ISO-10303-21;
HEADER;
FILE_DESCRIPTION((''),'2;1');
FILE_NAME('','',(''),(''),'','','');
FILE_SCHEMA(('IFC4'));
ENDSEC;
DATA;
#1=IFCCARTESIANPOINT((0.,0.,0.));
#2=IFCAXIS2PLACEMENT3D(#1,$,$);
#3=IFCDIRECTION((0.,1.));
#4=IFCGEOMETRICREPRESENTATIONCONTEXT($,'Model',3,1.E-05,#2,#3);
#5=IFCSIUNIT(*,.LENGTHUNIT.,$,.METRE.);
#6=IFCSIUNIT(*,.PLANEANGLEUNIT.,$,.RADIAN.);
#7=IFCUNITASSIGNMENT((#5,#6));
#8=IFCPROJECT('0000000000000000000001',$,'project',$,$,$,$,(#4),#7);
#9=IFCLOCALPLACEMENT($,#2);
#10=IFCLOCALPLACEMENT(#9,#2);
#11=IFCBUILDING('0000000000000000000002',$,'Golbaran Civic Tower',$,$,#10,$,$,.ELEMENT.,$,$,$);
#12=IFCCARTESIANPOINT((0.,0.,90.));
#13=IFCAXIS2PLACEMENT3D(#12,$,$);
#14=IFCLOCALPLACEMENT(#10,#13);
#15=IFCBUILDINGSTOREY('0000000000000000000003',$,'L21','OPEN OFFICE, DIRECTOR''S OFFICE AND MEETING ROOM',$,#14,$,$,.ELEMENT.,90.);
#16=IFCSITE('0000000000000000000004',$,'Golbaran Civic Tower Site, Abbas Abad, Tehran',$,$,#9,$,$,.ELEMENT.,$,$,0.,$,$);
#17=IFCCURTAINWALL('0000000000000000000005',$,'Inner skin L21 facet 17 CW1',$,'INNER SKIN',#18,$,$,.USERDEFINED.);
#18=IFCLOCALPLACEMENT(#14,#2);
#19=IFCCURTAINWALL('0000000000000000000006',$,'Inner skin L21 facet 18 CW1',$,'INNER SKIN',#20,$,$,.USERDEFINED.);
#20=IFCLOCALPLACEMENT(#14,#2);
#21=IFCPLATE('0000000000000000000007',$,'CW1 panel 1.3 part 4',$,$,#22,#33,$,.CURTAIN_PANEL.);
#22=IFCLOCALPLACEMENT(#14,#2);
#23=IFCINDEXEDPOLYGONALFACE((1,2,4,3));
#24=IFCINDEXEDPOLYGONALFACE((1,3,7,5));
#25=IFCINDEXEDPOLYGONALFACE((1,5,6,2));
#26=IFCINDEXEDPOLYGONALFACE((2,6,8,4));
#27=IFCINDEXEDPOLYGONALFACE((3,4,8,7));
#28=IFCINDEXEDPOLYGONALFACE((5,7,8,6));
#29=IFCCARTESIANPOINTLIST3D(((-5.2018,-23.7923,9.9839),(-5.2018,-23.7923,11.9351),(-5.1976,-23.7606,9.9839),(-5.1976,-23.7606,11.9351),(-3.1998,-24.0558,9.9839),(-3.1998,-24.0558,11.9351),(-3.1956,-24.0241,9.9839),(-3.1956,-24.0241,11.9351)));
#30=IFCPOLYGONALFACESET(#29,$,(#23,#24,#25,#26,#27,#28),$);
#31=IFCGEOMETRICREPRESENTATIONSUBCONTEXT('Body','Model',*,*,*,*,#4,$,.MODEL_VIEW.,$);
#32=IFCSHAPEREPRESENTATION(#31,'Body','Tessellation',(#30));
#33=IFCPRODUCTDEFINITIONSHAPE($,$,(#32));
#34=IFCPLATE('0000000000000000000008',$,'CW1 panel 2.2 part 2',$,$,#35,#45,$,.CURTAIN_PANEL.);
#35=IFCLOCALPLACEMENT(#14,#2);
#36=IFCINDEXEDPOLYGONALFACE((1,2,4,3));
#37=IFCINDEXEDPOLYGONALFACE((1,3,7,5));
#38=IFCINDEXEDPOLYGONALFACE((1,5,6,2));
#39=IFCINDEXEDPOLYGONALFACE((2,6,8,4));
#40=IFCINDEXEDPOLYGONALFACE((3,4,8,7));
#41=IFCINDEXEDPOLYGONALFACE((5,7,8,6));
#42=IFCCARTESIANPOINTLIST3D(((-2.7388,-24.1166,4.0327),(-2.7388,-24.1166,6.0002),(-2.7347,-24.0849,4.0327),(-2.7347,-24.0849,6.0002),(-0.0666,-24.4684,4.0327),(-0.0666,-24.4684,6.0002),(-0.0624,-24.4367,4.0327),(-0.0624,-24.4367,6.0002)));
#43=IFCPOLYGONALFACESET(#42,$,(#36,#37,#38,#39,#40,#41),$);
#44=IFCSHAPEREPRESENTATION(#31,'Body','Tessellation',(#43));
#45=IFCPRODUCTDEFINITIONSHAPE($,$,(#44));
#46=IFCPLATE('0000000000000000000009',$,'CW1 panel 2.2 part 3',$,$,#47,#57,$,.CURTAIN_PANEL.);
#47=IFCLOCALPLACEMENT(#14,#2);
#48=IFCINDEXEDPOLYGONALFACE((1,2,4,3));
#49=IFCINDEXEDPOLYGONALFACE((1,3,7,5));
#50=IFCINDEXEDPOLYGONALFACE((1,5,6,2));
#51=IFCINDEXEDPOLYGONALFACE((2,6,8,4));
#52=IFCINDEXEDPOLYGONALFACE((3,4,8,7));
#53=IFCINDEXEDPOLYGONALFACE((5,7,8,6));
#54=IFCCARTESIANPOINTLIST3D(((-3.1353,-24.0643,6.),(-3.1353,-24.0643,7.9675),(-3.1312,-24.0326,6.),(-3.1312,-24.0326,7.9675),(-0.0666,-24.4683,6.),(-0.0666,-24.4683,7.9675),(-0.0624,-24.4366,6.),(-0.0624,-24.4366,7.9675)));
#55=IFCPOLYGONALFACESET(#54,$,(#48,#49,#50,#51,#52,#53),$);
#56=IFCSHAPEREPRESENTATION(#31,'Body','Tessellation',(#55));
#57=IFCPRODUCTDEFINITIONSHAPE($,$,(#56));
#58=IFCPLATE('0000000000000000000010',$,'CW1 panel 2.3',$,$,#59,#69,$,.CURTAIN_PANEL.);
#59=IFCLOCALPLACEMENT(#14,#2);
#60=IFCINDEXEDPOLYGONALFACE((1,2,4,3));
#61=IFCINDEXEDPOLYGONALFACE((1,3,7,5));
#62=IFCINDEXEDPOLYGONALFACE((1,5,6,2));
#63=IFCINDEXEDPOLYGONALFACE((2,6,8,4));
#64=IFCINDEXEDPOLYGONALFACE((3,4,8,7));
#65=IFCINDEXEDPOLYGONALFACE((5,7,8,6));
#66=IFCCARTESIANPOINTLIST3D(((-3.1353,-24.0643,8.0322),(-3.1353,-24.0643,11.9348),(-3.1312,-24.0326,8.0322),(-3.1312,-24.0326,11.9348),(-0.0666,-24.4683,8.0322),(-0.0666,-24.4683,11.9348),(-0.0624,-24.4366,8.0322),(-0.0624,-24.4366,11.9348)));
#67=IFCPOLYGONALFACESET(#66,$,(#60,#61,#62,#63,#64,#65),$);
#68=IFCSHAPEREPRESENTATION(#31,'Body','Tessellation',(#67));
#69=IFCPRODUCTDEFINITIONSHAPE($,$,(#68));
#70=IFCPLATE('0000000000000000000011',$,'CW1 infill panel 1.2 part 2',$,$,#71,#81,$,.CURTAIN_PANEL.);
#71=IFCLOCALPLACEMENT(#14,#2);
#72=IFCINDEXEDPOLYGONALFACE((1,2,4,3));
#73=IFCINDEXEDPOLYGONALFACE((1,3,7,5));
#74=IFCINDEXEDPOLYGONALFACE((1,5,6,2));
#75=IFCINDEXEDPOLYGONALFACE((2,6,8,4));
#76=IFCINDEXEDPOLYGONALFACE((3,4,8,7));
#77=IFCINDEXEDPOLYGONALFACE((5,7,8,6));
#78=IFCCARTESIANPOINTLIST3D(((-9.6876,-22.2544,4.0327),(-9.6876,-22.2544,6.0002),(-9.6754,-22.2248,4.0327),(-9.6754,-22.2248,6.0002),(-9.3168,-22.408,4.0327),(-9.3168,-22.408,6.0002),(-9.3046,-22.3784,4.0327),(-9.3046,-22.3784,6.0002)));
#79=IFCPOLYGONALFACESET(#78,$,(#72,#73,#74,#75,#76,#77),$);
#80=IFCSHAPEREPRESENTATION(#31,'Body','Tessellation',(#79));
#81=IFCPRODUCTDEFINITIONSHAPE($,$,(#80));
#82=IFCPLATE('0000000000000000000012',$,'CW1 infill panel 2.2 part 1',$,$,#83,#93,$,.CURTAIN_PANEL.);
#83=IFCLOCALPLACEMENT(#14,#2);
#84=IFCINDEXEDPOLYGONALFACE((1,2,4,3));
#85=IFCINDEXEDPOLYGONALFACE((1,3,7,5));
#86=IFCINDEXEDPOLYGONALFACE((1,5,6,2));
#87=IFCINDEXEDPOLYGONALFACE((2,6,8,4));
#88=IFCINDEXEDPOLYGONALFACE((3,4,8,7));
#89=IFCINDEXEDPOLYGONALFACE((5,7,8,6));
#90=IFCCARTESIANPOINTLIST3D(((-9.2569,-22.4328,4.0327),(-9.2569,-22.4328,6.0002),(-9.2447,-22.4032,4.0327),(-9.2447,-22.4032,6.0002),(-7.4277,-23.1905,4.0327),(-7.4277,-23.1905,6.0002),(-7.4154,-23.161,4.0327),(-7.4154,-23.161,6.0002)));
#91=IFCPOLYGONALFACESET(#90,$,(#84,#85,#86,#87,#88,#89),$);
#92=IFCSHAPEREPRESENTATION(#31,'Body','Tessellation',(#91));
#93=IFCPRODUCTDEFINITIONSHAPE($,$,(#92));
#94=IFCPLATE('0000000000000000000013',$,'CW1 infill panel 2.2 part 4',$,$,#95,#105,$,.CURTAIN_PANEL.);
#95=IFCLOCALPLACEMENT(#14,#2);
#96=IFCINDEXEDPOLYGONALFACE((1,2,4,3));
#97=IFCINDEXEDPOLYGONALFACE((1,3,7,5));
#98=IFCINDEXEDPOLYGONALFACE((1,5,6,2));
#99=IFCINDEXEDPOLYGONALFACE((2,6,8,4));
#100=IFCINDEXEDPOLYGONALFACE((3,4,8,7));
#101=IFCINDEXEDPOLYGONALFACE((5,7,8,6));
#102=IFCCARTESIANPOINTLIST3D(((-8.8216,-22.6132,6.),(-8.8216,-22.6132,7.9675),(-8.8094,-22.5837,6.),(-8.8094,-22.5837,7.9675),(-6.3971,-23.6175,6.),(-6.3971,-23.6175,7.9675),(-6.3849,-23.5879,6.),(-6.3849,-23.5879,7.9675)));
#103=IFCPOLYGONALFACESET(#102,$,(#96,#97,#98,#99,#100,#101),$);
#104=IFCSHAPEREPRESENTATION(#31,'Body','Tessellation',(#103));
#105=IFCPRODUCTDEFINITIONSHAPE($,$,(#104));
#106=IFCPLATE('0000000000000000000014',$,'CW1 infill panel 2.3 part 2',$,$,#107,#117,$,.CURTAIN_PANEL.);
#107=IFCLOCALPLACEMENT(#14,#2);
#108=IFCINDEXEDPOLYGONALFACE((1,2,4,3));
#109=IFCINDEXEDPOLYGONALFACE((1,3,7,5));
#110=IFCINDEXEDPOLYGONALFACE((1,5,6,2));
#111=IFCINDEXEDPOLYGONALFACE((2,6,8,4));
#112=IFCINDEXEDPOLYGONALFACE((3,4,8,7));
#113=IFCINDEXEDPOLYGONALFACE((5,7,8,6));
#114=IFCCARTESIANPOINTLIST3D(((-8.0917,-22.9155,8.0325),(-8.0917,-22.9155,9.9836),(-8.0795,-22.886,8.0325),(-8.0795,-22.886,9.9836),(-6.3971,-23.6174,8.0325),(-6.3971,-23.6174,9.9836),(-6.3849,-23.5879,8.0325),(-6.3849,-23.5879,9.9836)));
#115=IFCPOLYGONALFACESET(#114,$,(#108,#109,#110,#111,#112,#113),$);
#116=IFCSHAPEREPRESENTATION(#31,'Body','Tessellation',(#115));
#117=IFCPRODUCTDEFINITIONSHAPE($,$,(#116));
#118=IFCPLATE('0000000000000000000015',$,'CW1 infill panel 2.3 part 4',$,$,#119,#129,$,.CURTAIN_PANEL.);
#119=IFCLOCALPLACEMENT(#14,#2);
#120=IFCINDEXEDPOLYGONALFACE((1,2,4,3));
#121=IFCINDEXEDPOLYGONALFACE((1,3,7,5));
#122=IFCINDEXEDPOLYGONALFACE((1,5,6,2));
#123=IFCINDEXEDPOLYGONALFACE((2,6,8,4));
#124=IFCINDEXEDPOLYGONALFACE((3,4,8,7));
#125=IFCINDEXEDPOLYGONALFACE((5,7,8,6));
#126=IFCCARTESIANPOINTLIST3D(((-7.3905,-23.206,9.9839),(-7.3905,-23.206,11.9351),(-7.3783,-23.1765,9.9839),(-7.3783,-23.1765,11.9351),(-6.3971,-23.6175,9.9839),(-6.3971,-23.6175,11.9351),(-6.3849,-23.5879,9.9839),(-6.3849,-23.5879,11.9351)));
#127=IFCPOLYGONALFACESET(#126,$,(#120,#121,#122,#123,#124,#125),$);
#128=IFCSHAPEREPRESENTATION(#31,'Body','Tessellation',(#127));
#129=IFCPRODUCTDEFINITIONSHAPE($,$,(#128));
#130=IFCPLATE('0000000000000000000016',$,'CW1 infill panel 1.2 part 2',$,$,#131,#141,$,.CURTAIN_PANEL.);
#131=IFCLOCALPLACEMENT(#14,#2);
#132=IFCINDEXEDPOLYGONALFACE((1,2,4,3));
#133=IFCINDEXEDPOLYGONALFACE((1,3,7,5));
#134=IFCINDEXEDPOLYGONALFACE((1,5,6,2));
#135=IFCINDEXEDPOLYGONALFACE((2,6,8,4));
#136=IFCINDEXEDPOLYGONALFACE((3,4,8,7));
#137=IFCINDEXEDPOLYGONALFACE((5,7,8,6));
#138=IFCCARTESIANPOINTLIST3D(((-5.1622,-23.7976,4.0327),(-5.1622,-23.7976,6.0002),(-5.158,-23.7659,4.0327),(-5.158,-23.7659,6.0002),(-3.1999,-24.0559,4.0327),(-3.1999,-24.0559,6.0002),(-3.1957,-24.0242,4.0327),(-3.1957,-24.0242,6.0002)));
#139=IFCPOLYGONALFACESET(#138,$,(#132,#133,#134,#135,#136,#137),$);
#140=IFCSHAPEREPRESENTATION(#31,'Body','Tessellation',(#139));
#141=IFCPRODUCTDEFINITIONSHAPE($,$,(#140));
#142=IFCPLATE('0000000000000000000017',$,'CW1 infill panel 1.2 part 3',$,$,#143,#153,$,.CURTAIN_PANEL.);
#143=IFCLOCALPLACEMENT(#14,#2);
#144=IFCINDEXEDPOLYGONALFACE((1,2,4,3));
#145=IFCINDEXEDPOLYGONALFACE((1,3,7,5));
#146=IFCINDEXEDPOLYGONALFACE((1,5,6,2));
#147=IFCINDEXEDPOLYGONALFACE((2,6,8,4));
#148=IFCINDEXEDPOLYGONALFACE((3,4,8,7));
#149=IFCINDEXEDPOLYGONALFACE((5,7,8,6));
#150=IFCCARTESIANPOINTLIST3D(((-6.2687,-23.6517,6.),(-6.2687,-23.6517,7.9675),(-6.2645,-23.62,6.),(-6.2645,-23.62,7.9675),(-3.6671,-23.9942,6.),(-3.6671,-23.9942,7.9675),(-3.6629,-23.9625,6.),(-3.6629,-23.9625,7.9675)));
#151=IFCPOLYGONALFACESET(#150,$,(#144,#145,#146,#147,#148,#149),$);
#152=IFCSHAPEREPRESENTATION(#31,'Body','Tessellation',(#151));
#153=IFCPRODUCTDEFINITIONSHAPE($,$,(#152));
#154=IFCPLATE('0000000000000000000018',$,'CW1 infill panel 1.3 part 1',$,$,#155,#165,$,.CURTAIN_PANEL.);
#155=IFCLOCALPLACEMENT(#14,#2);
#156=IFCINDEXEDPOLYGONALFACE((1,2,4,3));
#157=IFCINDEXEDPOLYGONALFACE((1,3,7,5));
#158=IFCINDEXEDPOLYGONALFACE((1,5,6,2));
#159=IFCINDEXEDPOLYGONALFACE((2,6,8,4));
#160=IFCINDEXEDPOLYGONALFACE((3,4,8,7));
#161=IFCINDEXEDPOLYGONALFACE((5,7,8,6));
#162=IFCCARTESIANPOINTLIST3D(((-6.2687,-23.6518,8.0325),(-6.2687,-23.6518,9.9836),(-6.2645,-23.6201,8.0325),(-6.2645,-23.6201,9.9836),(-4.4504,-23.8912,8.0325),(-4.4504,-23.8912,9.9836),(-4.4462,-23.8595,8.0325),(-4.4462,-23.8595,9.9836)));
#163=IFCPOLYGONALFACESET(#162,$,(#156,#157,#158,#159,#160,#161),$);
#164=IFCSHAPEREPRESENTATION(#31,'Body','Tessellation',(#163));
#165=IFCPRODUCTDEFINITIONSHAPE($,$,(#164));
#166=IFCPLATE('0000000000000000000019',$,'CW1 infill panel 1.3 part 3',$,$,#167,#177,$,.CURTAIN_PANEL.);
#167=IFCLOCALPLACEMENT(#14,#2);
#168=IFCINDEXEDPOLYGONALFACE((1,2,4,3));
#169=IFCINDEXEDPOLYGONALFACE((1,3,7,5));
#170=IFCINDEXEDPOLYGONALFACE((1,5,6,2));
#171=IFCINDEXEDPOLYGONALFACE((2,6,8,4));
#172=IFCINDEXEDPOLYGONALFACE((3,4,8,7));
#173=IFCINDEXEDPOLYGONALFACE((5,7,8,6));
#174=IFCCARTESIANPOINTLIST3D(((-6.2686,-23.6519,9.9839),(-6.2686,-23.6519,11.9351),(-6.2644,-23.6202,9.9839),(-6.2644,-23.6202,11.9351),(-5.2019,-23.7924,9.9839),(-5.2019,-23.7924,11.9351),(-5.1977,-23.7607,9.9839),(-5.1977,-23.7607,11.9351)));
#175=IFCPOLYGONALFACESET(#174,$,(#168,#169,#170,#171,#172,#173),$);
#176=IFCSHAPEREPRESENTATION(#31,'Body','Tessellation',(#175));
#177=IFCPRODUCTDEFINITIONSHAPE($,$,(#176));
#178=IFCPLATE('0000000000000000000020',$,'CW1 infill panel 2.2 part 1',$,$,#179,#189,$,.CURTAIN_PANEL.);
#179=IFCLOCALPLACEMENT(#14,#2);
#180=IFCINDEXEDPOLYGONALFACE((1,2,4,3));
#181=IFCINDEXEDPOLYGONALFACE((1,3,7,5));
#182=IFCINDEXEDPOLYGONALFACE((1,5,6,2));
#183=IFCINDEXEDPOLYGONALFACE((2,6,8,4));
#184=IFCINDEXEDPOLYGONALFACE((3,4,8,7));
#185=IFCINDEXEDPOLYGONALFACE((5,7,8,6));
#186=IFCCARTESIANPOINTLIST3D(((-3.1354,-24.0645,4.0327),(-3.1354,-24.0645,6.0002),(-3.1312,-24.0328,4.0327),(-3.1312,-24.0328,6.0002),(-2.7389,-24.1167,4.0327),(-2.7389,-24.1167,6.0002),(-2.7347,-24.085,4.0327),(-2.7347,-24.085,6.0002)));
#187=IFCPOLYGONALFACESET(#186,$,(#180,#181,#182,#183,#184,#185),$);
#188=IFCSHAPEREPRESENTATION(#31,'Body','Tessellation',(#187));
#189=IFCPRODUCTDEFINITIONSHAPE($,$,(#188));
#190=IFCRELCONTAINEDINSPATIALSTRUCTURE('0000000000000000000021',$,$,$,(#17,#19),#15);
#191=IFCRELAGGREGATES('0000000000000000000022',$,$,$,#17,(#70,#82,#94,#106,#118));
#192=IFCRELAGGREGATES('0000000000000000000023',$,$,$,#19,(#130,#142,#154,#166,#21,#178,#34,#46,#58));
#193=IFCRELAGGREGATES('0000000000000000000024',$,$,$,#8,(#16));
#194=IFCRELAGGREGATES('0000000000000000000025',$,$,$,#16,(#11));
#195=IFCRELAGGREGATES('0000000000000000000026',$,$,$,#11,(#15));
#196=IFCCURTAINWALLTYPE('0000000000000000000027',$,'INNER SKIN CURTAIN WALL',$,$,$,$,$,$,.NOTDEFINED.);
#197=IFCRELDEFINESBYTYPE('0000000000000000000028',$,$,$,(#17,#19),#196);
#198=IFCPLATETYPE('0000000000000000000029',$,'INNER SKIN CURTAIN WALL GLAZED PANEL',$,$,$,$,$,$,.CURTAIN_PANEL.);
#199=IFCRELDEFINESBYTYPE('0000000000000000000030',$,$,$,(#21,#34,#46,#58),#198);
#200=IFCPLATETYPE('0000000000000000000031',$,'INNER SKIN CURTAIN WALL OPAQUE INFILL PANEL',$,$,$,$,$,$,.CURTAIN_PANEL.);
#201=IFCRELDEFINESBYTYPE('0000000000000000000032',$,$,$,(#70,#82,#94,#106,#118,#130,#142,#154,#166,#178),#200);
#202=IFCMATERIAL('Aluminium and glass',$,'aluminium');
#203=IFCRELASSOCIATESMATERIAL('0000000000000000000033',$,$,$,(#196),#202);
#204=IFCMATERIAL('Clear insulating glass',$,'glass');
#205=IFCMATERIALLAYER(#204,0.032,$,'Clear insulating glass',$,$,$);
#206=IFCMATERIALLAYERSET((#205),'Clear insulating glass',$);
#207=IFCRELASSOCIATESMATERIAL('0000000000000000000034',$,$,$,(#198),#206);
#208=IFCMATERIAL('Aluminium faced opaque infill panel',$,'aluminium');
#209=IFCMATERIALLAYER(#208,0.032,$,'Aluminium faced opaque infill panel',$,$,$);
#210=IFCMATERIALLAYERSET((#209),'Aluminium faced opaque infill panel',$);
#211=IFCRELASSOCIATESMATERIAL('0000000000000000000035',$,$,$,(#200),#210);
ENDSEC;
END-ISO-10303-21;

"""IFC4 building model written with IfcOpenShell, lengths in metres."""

from ifc_helpers import new_model, si_unit, direction, frame, origin, origin_2d, place, context, subcontext, project, spatial, rectangle, extrude, material, layer, layer_set, type_object, element, aggregate, save


model = new_model("IFC4")

# Units and contexts
model_context = context("Model", 3, precision=1e-05, world=origin(), true_north=direction((0.0, 1.0)))
body_context = subcontext(model_context, "Body", "Model", "MODEL_VIEW")
ifc_project = project(units=[si_unit("LENGTHUNIT", "METRE"), si_unit("PLANEANGLEUNIT", "RADIAN")], contexts=[model_context])

# Site, building, storey
site_placement = place(None, origin())
site = spatial("IfcSite", under=ifc_project, at=site_placement, Name="Golbaran Civic Tower Site, Abbas Abad, Tehran", CompositionType="ELEMENT", RefElevation=0.0)
building_placement = place(site_placement, origin())
building = spatial("IfcBuilding", under=site, at=building_placement, Name="Golbaran Civic Tower", CompositionType="ELEMENT")
storey_placement = place(building_placement, frame((0.0, 0.0, 90.0)))
storey = spatial("IfcBuildingStorey", under=building, at=storey_placement, Name="L21", Description="OPEN OFFICE, DIRECTOR'S OFFICE AND MEETING ROOM", CompositionType="ELEMENT", Elevation=90.0)

# Curtain walls
ifc_material_1 = material(Name="Aluminium and glass", Category="aluminium")
curtain_wall_type = type_object("IfcCurtainWallType", Name="INNER SKIN CURTAIN WALL", PredefinedType="NOTDEFINED", material=ifc_material_1)
curtain_wall_1_placement = place(storey_placement, origin())
curtain_wall_1 = element("IfcCurtainWall", 1, at=curtain_wall_1_placement, inside=storey, type_object=curtain_wall_type, Name="Inner skin L21 facet 17 CW1", ObjectType="INNER SKIN", PredefinedType="USERDEFINED")
curtain_wall_2_placement = place(storey_placement, origin())
curtain_wall_2 = element("IfcCurtainWall", 2, at=curtain_wall_2_placement, inside=storey, type_object=curtain_wall_type, Name="Inner skin L21 facet 18 CW1", ObjectType="INNER SKIN", PredefinedType="USERDEFINED")

# Plates
ifc_material_2 = material(Name="Clear insulating glass", Category="glass")
ifc_layer_1 = layer(ifc_material_2, 0.032, Name="Clear insulating glass")
ifc_layer_set_1 = layer_set([ifc_layer_1], Name="Clear insulating glass")
plate_type_1 = type_object("IfcPlateType", Name="INNER SKIN CURTAIN WALL GLAZED PANEL", PredefinedType="CURTAIN_PANEL", material=ifc_layer_set_1)
plate_1_placement = place(storey_placement, frame((-4.1987, -23.9082, 9.9839), z_axis=(0.0, 0.0, 1.0), x_axis=(0.991445, -0.130526, 0.0)))
plate_1 = element("IfcPlate", 3, at=plate_1_placement, type_object=plate_type_1, Name="CW1 panel 1.3 part 4", PredefinedType="CURTAIN_PANEL", context=body_context, shape_type="SweptSolid", body=[
    extrude(rectangle(XDim=2.0193, YDim=0.032, at=origin_2d()), origin(), (0.0, 0.0, 1.0), 1.9512),
])
plate_2_placement = place(storey_placement, frame((-1.4006, -24.2766, 4.0327), z_axis=(0.0, 0.0, 1.0), x_axis=(0.991445, -0.130526, 0.0)))
plate_2 = element("IfcPlate", 4, at=plate_2_placement, type_object=plate_type_1, Name="CW1 panel 2.2 part 2", PredefinedType="CURTAIN_PANEL", context=body_context, shape_type="SweptSolid", body=[
    extrude(rectangle(XDim=2.6953, YDim=0.032, at=origin_2d()), origin(), (0.0, 0.0, 1.0), 1.9675),
])
plate_3_placement = place(storey_placement, frame((-1.5989, -24.2505, 6.0), z_axis=(0.0, 0.0, 1.0), x_axis=(0.991445, -0.130526, 0.0)))
plate_3 = element("IfcPlate", 5, at=plate_3_placement, type_object=plate_type_1, Name="CW1 panel 2.2 part 3", PredefinedType="CURTAIN_PANEL", context=body_context, shape_type="SweptSolid", body=[
    extrude(rectangle(XDim=3.0952, YDim=0.032, at=origin_2d()), origin(), (0.0, 0.0, 1.0), 1.9675),
])
plate_4_placement = place(storey_placement, frame((-1.5989, -24.2505, 8.0322), z_axis=(0.0, 0.0, 1.0), x_axis=(0.991445, -0.130526, 0.0)))
plate_4 = element("IfcPlate", 6, at=plate_4_placement, type_object=plate_type_1, Name="CW1 panel 2.3", PredefinedType="CURTAIN_PANEL", context=body_context, shape_type="SweptSolid", body=[
    extrude(rectangle(XDim=3.0952, YDim=0.032, at=origin_2d()), origin(), (0.0, 0.0, 1.0), 3.9026),
])
ifc_material_3 = material(Name="Aluminium faced opaque infill panel", Category="aluminium")
ifc_layer_2 = layer(ifc_material_3, 0.032, Name="Aluminium faced opaque infill panel")
ifc_layer_set_2 = layer_set([ifc_layer_2], Name="Aluminium faced opaque infill panel")
plate_type_2 = type_object("IfcPlateType", Name="INNER SKIN CURTAIN WALL OPAQUE INFILL PANEL", PredefinedType="CURTAIN_PANEL", material=ifc_layer_set_2)
plate_5_placement = place(storey_placement, frame((-9.4961, -22.3164, 4.0327), z_axis=(0.0, 0.0, 1.0), x_axis=(0.92388, -0.382683, 0.0)))
plate_5 = element("IfcPlate", 7, at=plate_5_placement, type_object=plate_type_2, Name="CW1 infill panel 1.2 part 2", PredefinedType="CURTAIN_PANEL", context=body_context, shape_type="SweptSolid", body=[
    extrude(rectangle(XDim=0.4014, YDim=0.032, at=origin_2d()), origin(), (0.0, 0.0, 1.0), 1.9675),
])
plate_6_placement = place(storey_placement, frame((-8.3362, -22.7969, 4.0327), z_axis=(0.0, 0.0, 1.0), x_axis=(0.92388, -0.382683, 0.0)))
plate_6 = element("IfcPlate", 8, at=plate_6_placement, type_object=plate_type_2, Name="CW1 infill panel 2.2 part 1", PredefinedType="CURTAIN_PANEL", context=body_context, shape_type="SweptSolid", body=[
    extrude(rectangle(XDim=1.98, YDim=0.032, at=origin_2d()), origin(), (0.0, 0.0, 1.0), 1.9675),
])
plate_7_placement = place(storey_placement, frame((-7.6033, -23.1006, 6.0), z_axis=(0.0, 0.0, 1.0), x_axis=(0.92388, -0.382683, 0.0)))
plate_7 = element("IfcPlate", 9, at=plate_7_placement, type_object=plate_type_2, Name="CW1 infill panel 2.2 part 4", PredefinedType="CURTAIN_PANEL", context=body_context, shape_type="SweptSolid", body=[
    extrude(rectangle(XDim=2.6243, YDim=0.032, at=origin_2d()), origin(), (0.0, 0.0, 1.0), 1.9675),
])
plate_8_placement = place(storey_placement, frame((-7.2383, -23.2517, 8.0325), z_axis=(0.0, 0.0, 1.0), x_axis=(0.92388, -0.382683, 0.0)))
plate_8 = element("IfcPlate", 10, at=plate_8_placement, type_object=plate_type_2, Name="CW1 infill panel 2.3 part 2", PredefinedType="CURTAIN_PANEL", context=body_context, shape_type="SweptSolid", body=[
    extrude(rectangle(XDim=1.8342, YDim=0.032, at=origin_2d()), origin(), (0.0, 0.0, 1.0), 1.9512),
])
plate_9_placement = place(storey_placement, frame((-6.8877, -23.397, 9.9839), z_axis=(0.0, 0.0, 1.0), x_axis=(0.92388, -0.382683, 0.0)))
plate_9 = element("IfcPlate", 11, at=plate_9_placement, type_object=plate_type_2, Name="CW1 infill panel 2.3 part 4", PredefinedType="CURTAIN_PANEL", context=body_context, shape_type="SweptSolid", body=[
    extrude(rectangle(XDim=1.0752, YDim=0.032, at=origin_2d()), origin(), (0.0, 0.0, 1.0), 1.9512),
])
aggregate(curtain_wall_1, [plate_5, plate_6, plate_7, plate_8, plate_9])
plate_10_placement = place(storey_placement, frame((-4.179, -23.9109, 4.0327), z_axis=(0.0, 0.0, 1.0), x_axis=(0.991445, -0.130526, 0.0)))
plate_10 = element("IfcPlate", 12, at=plate_10_placement, type_object=plate_type_2, Name="CW1 infill panel 1.2 part 2", PredefinedType="CURTAIN_PANEL", context=body_context, shape_type="SweptSolid", body=[
    extrude(rectangle(XDim=1.9792, YDim=0.032, at=origin_2d()), origin(), (0.0, 0.0, 1.0), 1.9675),
])
plate_11_placement = place(storey_placement, frame((-4.9658, -23.8071, 6.0), z_axis=(0.0, 0.0, 1.0), x_axis=(0.991445, -0.130526, 0.0)))
plate_11 = element("IfcPlate", 13, at=plate_11_placement, type_object=plate_type_2, Name="CW1 infill panel 1.2 part 3", PredefinedType="CURTAIN_PANEL", context=body_context, shape_type="SweptSolid", body=[
    extrude(rectangle(XDim=2.624, YDim=0.032, at=origin_2d()), origin(), (0.0, 0.0, 1.0), 1.9675),
])
plate_12_placement = place(storey_placement, frame((-5.3574, -23.7556, 8.0325), z_axis=(0.0, 0.0, 1.0), x_axis=(0.991445, -0.130526, 0.0)))
plate_12 = element("IfcPlate", 14, at=plate_12_placement, type_object=plate_type_2, Name="CW1 infill panel 1.3 part 1", PredefinedType="CURTAIN_PANEL", context=body_context, shape_type="SweptSolid", body=[
    extrude(rectangle(XDim=1.834, YDim=0.032, at=origin_2d()), origin(), (0.0, 0.0, 1.0), 1.9512),
])
plate_13_placement = place(storey_placement, frame((-5.7332, -23.7063, 9.9839), z_axis=(0.0, 0.0, 1.0), x_axis=(0.991445, -0.130526, 0.0)))
plate_13 = element("IfcPlate", 15, at=plate_13_placement, type_object=plate_type_2, Name="CW1 infill panel 1.3 part 3", PredefinedType="CURTAIN_PANEL", context=body_context, shape_type="SweptSolid", body=[
    extrude(rectangle(XDim=1.0759, YDim=0.032, at=origin_2d()), origin(), (0.0, 0.0, 1.0), 1.9512),
])
plate_14_placement = place(storey_placement, frame((-2.9351, -24.0747, 4.0327), z_axis=(0.0, 0.0, 1.0), x_axis=(0.991445, -0.130526, 0.0)))
plate_14 = element("IfcPlate", 16, at=plate_14_placement, type_object=plate_type_2, Name="CW1 infill panel 2.2 part 1", PredefinedType="CURTAIN_PANEL", context=body_context, shape_type="SweptSolid", body=[
    extrude(rectangle(XDim=0.3999, YDim=0.032, at=origin_2d()), origin(), (0.0, 0.0, 1.0), 1.9675),
])
aggregate(curtain_wall_2, [plate_10, plate_11, plate_12, plate_13, plate_1, plate_14, plate_2, plate_3, plate_4])

save(model, "model.ifc")
